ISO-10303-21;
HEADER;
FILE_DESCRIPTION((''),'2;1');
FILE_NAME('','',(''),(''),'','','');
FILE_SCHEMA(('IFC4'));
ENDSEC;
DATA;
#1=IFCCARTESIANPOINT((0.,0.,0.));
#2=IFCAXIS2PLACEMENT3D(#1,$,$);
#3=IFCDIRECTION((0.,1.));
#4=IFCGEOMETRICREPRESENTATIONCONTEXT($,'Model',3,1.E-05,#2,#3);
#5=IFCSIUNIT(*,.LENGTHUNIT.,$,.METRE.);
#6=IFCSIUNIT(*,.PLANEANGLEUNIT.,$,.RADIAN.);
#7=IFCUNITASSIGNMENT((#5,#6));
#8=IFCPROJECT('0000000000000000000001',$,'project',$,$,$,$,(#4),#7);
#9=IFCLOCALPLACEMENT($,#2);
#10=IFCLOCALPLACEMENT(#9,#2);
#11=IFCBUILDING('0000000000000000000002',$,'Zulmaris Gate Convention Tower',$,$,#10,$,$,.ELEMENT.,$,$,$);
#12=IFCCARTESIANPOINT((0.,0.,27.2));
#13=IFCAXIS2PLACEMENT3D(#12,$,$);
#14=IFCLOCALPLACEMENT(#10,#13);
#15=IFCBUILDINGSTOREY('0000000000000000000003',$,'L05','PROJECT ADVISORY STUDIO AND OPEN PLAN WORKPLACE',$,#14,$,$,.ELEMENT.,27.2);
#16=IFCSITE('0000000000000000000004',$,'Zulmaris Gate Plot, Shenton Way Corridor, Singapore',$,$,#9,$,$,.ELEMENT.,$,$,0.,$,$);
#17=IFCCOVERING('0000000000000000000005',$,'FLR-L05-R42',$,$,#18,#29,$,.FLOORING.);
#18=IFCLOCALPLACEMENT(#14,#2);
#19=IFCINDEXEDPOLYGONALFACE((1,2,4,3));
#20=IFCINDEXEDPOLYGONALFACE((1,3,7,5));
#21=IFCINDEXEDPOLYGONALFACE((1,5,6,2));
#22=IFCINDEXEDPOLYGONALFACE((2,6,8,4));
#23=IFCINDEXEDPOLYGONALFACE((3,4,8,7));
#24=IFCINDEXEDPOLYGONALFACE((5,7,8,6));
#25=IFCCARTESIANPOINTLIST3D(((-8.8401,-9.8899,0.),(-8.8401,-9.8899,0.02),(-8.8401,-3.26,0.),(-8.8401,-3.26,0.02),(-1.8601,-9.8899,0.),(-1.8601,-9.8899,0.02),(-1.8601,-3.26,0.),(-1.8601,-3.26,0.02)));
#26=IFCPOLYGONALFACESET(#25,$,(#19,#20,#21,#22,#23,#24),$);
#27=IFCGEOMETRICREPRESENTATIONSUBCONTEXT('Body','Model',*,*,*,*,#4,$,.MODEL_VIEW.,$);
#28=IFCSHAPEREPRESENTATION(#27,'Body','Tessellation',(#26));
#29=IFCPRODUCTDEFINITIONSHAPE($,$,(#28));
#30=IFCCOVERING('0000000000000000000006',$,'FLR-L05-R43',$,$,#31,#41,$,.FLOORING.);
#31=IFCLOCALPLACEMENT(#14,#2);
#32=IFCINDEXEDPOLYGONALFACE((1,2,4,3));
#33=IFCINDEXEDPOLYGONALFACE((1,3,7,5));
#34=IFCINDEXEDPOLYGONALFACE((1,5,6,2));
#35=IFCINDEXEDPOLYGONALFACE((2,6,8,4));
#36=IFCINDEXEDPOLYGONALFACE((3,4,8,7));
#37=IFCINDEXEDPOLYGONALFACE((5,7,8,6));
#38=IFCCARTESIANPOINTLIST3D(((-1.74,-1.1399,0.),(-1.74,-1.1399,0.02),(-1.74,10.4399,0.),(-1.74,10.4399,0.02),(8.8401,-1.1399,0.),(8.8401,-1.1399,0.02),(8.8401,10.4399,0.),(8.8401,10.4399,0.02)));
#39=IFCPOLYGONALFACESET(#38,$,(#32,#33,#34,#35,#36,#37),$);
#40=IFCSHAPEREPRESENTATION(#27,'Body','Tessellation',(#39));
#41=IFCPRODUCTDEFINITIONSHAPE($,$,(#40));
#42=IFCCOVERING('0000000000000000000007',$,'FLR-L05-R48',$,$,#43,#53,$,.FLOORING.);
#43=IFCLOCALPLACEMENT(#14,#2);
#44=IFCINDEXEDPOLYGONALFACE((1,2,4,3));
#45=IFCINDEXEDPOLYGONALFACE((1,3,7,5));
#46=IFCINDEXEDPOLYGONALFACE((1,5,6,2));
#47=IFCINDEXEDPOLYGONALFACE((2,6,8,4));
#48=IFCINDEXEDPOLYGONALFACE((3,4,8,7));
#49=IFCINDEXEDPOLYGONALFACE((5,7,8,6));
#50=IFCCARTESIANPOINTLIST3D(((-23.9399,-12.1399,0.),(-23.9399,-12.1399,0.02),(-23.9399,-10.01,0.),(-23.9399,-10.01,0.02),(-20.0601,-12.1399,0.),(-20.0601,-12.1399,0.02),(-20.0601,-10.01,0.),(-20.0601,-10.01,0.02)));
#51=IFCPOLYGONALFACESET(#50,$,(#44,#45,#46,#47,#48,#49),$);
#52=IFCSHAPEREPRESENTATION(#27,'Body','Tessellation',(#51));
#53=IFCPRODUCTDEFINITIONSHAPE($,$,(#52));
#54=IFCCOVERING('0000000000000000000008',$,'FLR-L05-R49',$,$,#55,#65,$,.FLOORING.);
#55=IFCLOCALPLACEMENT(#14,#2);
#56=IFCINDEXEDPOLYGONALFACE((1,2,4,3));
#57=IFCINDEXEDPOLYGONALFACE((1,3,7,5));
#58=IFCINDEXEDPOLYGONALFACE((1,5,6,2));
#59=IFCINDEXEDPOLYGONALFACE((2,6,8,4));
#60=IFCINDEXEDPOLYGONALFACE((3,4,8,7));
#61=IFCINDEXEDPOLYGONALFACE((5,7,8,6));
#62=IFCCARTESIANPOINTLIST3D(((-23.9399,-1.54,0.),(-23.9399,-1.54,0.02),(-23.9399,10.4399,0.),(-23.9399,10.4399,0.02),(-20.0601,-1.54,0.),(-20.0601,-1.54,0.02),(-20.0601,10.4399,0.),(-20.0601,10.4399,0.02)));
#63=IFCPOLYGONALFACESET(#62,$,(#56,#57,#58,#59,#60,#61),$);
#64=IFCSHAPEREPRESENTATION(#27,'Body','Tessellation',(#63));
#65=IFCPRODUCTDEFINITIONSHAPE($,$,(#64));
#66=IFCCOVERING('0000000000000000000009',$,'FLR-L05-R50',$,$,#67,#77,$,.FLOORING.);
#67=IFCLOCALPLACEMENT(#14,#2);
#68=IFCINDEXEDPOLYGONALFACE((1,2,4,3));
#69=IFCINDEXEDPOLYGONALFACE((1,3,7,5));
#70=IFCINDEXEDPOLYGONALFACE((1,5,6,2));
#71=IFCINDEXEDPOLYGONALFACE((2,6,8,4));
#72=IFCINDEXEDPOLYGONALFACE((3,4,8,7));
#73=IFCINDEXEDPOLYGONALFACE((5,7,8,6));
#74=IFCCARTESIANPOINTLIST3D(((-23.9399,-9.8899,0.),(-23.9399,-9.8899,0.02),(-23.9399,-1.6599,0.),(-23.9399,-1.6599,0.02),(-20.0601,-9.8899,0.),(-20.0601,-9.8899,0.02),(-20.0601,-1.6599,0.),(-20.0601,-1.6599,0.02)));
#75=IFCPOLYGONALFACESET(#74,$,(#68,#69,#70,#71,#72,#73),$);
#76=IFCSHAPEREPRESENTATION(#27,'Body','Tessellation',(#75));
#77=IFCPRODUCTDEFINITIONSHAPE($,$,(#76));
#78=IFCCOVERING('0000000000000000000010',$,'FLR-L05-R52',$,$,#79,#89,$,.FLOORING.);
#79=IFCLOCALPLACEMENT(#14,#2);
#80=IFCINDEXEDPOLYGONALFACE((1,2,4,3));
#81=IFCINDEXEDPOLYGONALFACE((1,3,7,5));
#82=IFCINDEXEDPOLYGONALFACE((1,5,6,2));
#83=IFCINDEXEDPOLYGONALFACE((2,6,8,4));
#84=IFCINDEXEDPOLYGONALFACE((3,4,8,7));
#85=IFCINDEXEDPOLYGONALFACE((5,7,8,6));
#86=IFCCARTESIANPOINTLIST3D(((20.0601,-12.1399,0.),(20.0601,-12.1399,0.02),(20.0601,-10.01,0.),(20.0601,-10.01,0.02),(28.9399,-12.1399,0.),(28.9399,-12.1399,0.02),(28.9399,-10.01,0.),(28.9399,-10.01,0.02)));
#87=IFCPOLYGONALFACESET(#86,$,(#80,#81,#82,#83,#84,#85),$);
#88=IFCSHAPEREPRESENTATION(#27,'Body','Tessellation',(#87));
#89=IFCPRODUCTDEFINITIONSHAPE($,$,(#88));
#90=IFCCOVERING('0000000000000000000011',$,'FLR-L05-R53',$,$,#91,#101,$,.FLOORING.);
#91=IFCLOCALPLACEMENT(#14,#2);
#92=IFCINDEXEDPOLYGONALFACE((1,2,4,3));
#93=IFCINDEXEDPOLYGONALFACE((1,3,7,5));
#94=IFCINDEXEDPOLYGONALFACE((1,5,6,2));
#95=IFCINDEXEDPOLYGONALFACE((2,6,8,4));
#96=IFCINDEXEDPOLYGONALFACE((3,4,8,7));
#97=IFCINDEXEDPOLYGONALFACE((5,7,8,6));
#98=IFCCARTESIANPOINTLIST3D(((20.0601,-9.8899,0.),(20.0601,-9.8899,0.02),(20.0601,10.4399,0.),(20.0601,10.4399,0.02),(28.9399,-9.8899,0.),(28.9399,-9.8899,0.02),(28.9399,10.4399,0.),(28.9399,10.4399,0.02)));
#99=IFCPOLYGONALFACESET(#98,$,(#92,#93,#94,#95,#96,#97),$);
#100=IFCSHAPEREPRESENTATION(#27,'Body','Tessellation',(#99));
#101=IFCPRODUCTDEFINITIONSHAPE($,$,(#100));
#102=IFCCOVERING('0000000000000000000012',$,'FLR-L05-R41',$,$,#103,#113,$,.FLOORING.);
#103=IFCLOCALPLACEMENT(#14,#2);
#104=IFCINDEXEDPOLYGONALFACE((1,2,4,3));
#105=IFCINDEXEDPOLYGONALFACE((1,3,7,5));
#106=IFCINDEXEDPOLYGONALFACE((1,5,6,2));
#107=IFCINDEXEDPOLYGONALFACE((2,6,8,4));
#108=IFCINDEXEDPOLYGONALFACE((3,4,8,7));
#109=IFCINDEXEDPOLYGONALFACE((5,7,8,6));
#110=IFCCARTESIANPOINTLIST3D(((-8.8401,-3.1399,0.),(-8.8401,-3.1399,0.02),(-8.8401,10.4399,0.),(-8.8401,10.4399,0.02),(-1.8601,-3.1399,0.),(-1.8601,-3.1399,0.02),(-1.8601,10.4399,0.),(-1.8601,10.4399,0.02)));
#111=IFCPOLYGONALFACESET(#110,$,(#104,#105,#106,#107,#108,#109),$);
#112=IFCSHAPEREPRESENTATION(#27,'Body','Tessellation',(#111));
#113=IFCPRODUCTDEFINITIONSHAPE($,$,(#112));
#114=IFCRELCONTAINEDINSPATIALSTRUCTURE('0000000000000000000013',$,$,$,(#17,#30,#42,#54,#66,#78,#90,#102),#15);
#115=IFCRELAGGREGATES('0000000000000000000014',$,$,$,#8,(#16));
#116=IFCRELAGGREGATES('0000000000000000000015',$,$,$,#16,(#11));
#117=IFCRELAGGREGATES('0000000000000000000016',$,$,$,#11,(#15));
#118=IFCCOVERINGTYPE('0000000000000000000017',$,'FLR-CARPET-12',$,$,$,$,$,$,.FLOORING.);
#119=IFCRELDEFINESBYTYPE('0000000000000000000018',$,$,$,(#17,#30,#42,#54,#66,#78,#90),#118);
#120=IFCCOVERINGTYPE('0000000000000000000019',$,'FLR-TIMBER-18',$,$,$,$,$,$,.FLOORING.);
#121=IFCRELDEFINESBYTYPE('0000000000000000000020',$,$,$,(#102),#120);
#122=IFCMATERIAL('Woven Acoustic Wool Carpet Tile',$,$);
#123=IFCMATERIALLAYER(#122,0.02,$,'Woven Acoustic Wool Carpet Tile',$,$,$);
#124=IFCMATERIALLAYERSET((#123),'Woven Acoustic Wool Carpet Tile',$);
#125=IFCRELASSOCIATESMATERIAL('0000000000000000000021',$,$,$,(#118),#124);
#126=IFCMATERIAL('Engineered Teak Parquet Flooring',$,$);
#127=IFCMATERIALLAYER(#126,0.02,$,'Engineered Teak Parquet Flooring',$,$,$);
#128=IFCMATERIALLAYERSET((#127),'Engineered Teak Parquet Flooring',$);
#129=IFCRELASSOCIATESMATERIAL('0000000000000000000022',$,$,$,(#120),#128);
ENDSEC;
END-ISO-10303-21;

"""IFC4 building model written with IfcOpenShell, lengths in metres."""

from ifc_helpers import new_model, si_unit, direction, frame, origin, place, context, subcontext, project, spatial, polyline, outline, extrude, material, layer, layer_set, type_object, element, save


model = new_model("IFC4")

# Units and contexts
model_context = context("Model", 3, precision=1e-05, world=origin(), true_north=direction((0.0, 1.0)))
body_context = subcontext(model_context, "Body", "Model", "MODEL_VIEW")
ifc_project = project(units=[si_unit("LENGTHUNIT", "METRE"), si_unit("PLANEANGLEUNIT", "RADIAN")], contexts=[model_context])

# Site, building, storey
site_placement = place(None, origin())
site = spatial("IfcSite", under=ifc_project, at=site_placement, Name="Zulmaris Gate Plot, Shenton Way Corridor, Singapore", CompositionType="ELEMENT", RefElevation=0.0)
building_placement = place(site_placement, origin())
building = spatial("IfcBuilding", under=site, at=building_placement, Name="Zulmaris Gate Convention Tower", CompositionType="ELEMENT")
storey_placement = place(building_placement, frame((0.0, 0.0, 27.2)))
storey = spatial("IfcBuildingStorey", under=building, at=storey_placement, Name="L05", Description="PROJECT ADVISORY STUDIO AND OPEN PLAN WORKPLACE", CompositionType="ELEMENT", Elevation=27.2)

# Coverings
ifc_material_1 = material(Name="Woven Acoustic Wool Carpet Tile")
ifc_layer_1 = layer(ifc_material_1, 0.02, Name="Woven Acoustic Wool Carpet Tile")
ifc_layer_set_1 = layer_set([ifc_layer_1], Name="Woven Acoustic Wool Carpet Tile")
covering_type_1 = type_object("IfcCoveringType", Name="FLR-CARPET-12", PredefinedType="FLOORING", material=ifc_layer_set_1)
covering_1_placement = place(storey_placement, origin())
element("IfcCovering", 1, at=covering_1_placement, inside=storey, type_object=covering_type_1, Name="FLR-L05-R42", PredefinedType="FLOORING", context=body_context, shape_type="SweptSolid", body=[
    extrude(outline(polyline([(-8.8401, -9.8899), (-1.8601, -9.8899), (-1.8601, -3.26), (-8.8401, -3.26), (-8.8401, -9.8899)])), origin(), (0.0, 0.0, 1.0), 0.02),
])
covering_2_placement = place(storey_placement, origin())
element("IfcCovering", 2, at=covering_2_placement, inside=storey, type_object=covering_type_1, Name="FLR-L05-R43", PredefinedType="FLOORING", context=body_context, shape_type="SweptSolid", body=[
    extrude(outline(polyline([(-1.74, -1.1399), (8.8401, -1.1399), (8.8401, 10.4399), (-1.74, 10.4399), (-1.74, -1.1399)])), origin(), (0.0, 0.0, 1.0), 0.02),
])
covering_3_placement = place(storey_placement, origin())
element("IfcCovering", 3, at=covering_3_placement, inside=storey, type_object=covering_type_1, Name="FLR-L05-R48", PredefinedType="FLOORING", context=body_context, shape_type="SweptSolid", body=[
    extrude(outline(polyline([(-23.9399, -12.1399), (-20.0601, -12.1399), (-20.0601, -10.01), (-23.9399, -10.01), (-23.9399, -12.1399)])), origin(), (0.0, 0.0, 1.0), 0.02),
])
covering_4_placement = place(storey_placement, origin())
element("IfcCovering", 4, at=covering_4_placement, inside=storey, type_object=covering_type_1, Name="FLR-L05-R49", PredefinedType="FLOORING", context=body_context, shape_type="SweptSolid", body=[
    extrude(outline(polyline([(-23.9399, -1.54), (-20.0601, -1.54), (-20.0601, 10.4399), (-23.9399, 10.4399), (-23.9399, -1.54)])), origin(), (0.0, 0.0, 1.0), 0.02),
])
covering_5_placement = place(storey_placement, origin())
element("IfcCovering", 5, at=covering_5_placement, inside=storey, type_object=covering_type_1, Name="FLR-L05-R50", PredefinedType="FLOORING", context=body_context, shape_type="SweptSolid", body=[
    extrude(outline(polyline([(-23.9399, -9.8899), (-20.0601, -9.8899), (-20.0601, -1.6599), (-23.9399, -1.6599), (-23.9399, -9.8899)])), origin(), (0.0, 0.0, 1.0), 0.02),
])
covering_6_placement = place(storey_placement, origin())
element("IfcCovering", 6, at=covering_6_placement, inside=storey, type_object=covering_type_1, Name="FLR-L05-R52", PredefinedType="FLOORING", context=body_context, shape_type="SweptSolid", body=[
    extrude(outline(polyline([(20.0601, -12.1399), (28.9399, -12.1399), (28.9399, -10.01), (20.0601, -10.01), (20.0601, -12.1399)])), origin(), (0.0, 0.0, 1.0), 0.02),
])
covering_7_placement = place(storey_placement, origin())
element("IfcCovering", 7, at=covering_7_placement, inside=storey, type_object=covering_type_1, Name="FLR-L05-R53", PredefinedType="FLOORING", context=body_context, shape_type="SweptSolid", body=[
    extrude(outline(polyline([(20.0601, -9.8899), (28.9399, -9.8899), (28.9399, 10.4399), (20.0601, 10.4399), (20.0601, -9.8899)])), origin(), (0.0, 0.0, 1.0), 0.02),
])
ifc_material_2 = material(Name="Engineered Teak Parquet Flooring")
ifc_layer_2 = layer(ifc_material_2, 0.02, Name="Engineered Teak Parquet Flooring")
ifc_layer_set_2 = layer_set([ifc_layer_2], Name="Engineered Teak Parquet Flooring")
covering_type_2 = type_object("IfcCoveringType", Name="FLR-TIMBER-18", PredefinedType="FLOORING", material=ifc_layer_set_2)
covering_8_placement = place(storey_placement, origin())
element("IfcCovering", 8, at=covering_8_placement, inside=storey, type_object=covering_type_2, Name="FLR-L05-R41", PredefinedType="FLOORING", context=body_context, shape_type="SweptSolid", body=[
    extrude(outline(polyline([(-8.8401, -3.1399), (-1.8601, -3.1399), (-1.8601, 10.4399), (-8.8401, 10.4399), (-8.8401, -3.1399)])), origin(), (0.0, 0.0, 1.0), 0.02),
])

save(model, "model.ifc")
